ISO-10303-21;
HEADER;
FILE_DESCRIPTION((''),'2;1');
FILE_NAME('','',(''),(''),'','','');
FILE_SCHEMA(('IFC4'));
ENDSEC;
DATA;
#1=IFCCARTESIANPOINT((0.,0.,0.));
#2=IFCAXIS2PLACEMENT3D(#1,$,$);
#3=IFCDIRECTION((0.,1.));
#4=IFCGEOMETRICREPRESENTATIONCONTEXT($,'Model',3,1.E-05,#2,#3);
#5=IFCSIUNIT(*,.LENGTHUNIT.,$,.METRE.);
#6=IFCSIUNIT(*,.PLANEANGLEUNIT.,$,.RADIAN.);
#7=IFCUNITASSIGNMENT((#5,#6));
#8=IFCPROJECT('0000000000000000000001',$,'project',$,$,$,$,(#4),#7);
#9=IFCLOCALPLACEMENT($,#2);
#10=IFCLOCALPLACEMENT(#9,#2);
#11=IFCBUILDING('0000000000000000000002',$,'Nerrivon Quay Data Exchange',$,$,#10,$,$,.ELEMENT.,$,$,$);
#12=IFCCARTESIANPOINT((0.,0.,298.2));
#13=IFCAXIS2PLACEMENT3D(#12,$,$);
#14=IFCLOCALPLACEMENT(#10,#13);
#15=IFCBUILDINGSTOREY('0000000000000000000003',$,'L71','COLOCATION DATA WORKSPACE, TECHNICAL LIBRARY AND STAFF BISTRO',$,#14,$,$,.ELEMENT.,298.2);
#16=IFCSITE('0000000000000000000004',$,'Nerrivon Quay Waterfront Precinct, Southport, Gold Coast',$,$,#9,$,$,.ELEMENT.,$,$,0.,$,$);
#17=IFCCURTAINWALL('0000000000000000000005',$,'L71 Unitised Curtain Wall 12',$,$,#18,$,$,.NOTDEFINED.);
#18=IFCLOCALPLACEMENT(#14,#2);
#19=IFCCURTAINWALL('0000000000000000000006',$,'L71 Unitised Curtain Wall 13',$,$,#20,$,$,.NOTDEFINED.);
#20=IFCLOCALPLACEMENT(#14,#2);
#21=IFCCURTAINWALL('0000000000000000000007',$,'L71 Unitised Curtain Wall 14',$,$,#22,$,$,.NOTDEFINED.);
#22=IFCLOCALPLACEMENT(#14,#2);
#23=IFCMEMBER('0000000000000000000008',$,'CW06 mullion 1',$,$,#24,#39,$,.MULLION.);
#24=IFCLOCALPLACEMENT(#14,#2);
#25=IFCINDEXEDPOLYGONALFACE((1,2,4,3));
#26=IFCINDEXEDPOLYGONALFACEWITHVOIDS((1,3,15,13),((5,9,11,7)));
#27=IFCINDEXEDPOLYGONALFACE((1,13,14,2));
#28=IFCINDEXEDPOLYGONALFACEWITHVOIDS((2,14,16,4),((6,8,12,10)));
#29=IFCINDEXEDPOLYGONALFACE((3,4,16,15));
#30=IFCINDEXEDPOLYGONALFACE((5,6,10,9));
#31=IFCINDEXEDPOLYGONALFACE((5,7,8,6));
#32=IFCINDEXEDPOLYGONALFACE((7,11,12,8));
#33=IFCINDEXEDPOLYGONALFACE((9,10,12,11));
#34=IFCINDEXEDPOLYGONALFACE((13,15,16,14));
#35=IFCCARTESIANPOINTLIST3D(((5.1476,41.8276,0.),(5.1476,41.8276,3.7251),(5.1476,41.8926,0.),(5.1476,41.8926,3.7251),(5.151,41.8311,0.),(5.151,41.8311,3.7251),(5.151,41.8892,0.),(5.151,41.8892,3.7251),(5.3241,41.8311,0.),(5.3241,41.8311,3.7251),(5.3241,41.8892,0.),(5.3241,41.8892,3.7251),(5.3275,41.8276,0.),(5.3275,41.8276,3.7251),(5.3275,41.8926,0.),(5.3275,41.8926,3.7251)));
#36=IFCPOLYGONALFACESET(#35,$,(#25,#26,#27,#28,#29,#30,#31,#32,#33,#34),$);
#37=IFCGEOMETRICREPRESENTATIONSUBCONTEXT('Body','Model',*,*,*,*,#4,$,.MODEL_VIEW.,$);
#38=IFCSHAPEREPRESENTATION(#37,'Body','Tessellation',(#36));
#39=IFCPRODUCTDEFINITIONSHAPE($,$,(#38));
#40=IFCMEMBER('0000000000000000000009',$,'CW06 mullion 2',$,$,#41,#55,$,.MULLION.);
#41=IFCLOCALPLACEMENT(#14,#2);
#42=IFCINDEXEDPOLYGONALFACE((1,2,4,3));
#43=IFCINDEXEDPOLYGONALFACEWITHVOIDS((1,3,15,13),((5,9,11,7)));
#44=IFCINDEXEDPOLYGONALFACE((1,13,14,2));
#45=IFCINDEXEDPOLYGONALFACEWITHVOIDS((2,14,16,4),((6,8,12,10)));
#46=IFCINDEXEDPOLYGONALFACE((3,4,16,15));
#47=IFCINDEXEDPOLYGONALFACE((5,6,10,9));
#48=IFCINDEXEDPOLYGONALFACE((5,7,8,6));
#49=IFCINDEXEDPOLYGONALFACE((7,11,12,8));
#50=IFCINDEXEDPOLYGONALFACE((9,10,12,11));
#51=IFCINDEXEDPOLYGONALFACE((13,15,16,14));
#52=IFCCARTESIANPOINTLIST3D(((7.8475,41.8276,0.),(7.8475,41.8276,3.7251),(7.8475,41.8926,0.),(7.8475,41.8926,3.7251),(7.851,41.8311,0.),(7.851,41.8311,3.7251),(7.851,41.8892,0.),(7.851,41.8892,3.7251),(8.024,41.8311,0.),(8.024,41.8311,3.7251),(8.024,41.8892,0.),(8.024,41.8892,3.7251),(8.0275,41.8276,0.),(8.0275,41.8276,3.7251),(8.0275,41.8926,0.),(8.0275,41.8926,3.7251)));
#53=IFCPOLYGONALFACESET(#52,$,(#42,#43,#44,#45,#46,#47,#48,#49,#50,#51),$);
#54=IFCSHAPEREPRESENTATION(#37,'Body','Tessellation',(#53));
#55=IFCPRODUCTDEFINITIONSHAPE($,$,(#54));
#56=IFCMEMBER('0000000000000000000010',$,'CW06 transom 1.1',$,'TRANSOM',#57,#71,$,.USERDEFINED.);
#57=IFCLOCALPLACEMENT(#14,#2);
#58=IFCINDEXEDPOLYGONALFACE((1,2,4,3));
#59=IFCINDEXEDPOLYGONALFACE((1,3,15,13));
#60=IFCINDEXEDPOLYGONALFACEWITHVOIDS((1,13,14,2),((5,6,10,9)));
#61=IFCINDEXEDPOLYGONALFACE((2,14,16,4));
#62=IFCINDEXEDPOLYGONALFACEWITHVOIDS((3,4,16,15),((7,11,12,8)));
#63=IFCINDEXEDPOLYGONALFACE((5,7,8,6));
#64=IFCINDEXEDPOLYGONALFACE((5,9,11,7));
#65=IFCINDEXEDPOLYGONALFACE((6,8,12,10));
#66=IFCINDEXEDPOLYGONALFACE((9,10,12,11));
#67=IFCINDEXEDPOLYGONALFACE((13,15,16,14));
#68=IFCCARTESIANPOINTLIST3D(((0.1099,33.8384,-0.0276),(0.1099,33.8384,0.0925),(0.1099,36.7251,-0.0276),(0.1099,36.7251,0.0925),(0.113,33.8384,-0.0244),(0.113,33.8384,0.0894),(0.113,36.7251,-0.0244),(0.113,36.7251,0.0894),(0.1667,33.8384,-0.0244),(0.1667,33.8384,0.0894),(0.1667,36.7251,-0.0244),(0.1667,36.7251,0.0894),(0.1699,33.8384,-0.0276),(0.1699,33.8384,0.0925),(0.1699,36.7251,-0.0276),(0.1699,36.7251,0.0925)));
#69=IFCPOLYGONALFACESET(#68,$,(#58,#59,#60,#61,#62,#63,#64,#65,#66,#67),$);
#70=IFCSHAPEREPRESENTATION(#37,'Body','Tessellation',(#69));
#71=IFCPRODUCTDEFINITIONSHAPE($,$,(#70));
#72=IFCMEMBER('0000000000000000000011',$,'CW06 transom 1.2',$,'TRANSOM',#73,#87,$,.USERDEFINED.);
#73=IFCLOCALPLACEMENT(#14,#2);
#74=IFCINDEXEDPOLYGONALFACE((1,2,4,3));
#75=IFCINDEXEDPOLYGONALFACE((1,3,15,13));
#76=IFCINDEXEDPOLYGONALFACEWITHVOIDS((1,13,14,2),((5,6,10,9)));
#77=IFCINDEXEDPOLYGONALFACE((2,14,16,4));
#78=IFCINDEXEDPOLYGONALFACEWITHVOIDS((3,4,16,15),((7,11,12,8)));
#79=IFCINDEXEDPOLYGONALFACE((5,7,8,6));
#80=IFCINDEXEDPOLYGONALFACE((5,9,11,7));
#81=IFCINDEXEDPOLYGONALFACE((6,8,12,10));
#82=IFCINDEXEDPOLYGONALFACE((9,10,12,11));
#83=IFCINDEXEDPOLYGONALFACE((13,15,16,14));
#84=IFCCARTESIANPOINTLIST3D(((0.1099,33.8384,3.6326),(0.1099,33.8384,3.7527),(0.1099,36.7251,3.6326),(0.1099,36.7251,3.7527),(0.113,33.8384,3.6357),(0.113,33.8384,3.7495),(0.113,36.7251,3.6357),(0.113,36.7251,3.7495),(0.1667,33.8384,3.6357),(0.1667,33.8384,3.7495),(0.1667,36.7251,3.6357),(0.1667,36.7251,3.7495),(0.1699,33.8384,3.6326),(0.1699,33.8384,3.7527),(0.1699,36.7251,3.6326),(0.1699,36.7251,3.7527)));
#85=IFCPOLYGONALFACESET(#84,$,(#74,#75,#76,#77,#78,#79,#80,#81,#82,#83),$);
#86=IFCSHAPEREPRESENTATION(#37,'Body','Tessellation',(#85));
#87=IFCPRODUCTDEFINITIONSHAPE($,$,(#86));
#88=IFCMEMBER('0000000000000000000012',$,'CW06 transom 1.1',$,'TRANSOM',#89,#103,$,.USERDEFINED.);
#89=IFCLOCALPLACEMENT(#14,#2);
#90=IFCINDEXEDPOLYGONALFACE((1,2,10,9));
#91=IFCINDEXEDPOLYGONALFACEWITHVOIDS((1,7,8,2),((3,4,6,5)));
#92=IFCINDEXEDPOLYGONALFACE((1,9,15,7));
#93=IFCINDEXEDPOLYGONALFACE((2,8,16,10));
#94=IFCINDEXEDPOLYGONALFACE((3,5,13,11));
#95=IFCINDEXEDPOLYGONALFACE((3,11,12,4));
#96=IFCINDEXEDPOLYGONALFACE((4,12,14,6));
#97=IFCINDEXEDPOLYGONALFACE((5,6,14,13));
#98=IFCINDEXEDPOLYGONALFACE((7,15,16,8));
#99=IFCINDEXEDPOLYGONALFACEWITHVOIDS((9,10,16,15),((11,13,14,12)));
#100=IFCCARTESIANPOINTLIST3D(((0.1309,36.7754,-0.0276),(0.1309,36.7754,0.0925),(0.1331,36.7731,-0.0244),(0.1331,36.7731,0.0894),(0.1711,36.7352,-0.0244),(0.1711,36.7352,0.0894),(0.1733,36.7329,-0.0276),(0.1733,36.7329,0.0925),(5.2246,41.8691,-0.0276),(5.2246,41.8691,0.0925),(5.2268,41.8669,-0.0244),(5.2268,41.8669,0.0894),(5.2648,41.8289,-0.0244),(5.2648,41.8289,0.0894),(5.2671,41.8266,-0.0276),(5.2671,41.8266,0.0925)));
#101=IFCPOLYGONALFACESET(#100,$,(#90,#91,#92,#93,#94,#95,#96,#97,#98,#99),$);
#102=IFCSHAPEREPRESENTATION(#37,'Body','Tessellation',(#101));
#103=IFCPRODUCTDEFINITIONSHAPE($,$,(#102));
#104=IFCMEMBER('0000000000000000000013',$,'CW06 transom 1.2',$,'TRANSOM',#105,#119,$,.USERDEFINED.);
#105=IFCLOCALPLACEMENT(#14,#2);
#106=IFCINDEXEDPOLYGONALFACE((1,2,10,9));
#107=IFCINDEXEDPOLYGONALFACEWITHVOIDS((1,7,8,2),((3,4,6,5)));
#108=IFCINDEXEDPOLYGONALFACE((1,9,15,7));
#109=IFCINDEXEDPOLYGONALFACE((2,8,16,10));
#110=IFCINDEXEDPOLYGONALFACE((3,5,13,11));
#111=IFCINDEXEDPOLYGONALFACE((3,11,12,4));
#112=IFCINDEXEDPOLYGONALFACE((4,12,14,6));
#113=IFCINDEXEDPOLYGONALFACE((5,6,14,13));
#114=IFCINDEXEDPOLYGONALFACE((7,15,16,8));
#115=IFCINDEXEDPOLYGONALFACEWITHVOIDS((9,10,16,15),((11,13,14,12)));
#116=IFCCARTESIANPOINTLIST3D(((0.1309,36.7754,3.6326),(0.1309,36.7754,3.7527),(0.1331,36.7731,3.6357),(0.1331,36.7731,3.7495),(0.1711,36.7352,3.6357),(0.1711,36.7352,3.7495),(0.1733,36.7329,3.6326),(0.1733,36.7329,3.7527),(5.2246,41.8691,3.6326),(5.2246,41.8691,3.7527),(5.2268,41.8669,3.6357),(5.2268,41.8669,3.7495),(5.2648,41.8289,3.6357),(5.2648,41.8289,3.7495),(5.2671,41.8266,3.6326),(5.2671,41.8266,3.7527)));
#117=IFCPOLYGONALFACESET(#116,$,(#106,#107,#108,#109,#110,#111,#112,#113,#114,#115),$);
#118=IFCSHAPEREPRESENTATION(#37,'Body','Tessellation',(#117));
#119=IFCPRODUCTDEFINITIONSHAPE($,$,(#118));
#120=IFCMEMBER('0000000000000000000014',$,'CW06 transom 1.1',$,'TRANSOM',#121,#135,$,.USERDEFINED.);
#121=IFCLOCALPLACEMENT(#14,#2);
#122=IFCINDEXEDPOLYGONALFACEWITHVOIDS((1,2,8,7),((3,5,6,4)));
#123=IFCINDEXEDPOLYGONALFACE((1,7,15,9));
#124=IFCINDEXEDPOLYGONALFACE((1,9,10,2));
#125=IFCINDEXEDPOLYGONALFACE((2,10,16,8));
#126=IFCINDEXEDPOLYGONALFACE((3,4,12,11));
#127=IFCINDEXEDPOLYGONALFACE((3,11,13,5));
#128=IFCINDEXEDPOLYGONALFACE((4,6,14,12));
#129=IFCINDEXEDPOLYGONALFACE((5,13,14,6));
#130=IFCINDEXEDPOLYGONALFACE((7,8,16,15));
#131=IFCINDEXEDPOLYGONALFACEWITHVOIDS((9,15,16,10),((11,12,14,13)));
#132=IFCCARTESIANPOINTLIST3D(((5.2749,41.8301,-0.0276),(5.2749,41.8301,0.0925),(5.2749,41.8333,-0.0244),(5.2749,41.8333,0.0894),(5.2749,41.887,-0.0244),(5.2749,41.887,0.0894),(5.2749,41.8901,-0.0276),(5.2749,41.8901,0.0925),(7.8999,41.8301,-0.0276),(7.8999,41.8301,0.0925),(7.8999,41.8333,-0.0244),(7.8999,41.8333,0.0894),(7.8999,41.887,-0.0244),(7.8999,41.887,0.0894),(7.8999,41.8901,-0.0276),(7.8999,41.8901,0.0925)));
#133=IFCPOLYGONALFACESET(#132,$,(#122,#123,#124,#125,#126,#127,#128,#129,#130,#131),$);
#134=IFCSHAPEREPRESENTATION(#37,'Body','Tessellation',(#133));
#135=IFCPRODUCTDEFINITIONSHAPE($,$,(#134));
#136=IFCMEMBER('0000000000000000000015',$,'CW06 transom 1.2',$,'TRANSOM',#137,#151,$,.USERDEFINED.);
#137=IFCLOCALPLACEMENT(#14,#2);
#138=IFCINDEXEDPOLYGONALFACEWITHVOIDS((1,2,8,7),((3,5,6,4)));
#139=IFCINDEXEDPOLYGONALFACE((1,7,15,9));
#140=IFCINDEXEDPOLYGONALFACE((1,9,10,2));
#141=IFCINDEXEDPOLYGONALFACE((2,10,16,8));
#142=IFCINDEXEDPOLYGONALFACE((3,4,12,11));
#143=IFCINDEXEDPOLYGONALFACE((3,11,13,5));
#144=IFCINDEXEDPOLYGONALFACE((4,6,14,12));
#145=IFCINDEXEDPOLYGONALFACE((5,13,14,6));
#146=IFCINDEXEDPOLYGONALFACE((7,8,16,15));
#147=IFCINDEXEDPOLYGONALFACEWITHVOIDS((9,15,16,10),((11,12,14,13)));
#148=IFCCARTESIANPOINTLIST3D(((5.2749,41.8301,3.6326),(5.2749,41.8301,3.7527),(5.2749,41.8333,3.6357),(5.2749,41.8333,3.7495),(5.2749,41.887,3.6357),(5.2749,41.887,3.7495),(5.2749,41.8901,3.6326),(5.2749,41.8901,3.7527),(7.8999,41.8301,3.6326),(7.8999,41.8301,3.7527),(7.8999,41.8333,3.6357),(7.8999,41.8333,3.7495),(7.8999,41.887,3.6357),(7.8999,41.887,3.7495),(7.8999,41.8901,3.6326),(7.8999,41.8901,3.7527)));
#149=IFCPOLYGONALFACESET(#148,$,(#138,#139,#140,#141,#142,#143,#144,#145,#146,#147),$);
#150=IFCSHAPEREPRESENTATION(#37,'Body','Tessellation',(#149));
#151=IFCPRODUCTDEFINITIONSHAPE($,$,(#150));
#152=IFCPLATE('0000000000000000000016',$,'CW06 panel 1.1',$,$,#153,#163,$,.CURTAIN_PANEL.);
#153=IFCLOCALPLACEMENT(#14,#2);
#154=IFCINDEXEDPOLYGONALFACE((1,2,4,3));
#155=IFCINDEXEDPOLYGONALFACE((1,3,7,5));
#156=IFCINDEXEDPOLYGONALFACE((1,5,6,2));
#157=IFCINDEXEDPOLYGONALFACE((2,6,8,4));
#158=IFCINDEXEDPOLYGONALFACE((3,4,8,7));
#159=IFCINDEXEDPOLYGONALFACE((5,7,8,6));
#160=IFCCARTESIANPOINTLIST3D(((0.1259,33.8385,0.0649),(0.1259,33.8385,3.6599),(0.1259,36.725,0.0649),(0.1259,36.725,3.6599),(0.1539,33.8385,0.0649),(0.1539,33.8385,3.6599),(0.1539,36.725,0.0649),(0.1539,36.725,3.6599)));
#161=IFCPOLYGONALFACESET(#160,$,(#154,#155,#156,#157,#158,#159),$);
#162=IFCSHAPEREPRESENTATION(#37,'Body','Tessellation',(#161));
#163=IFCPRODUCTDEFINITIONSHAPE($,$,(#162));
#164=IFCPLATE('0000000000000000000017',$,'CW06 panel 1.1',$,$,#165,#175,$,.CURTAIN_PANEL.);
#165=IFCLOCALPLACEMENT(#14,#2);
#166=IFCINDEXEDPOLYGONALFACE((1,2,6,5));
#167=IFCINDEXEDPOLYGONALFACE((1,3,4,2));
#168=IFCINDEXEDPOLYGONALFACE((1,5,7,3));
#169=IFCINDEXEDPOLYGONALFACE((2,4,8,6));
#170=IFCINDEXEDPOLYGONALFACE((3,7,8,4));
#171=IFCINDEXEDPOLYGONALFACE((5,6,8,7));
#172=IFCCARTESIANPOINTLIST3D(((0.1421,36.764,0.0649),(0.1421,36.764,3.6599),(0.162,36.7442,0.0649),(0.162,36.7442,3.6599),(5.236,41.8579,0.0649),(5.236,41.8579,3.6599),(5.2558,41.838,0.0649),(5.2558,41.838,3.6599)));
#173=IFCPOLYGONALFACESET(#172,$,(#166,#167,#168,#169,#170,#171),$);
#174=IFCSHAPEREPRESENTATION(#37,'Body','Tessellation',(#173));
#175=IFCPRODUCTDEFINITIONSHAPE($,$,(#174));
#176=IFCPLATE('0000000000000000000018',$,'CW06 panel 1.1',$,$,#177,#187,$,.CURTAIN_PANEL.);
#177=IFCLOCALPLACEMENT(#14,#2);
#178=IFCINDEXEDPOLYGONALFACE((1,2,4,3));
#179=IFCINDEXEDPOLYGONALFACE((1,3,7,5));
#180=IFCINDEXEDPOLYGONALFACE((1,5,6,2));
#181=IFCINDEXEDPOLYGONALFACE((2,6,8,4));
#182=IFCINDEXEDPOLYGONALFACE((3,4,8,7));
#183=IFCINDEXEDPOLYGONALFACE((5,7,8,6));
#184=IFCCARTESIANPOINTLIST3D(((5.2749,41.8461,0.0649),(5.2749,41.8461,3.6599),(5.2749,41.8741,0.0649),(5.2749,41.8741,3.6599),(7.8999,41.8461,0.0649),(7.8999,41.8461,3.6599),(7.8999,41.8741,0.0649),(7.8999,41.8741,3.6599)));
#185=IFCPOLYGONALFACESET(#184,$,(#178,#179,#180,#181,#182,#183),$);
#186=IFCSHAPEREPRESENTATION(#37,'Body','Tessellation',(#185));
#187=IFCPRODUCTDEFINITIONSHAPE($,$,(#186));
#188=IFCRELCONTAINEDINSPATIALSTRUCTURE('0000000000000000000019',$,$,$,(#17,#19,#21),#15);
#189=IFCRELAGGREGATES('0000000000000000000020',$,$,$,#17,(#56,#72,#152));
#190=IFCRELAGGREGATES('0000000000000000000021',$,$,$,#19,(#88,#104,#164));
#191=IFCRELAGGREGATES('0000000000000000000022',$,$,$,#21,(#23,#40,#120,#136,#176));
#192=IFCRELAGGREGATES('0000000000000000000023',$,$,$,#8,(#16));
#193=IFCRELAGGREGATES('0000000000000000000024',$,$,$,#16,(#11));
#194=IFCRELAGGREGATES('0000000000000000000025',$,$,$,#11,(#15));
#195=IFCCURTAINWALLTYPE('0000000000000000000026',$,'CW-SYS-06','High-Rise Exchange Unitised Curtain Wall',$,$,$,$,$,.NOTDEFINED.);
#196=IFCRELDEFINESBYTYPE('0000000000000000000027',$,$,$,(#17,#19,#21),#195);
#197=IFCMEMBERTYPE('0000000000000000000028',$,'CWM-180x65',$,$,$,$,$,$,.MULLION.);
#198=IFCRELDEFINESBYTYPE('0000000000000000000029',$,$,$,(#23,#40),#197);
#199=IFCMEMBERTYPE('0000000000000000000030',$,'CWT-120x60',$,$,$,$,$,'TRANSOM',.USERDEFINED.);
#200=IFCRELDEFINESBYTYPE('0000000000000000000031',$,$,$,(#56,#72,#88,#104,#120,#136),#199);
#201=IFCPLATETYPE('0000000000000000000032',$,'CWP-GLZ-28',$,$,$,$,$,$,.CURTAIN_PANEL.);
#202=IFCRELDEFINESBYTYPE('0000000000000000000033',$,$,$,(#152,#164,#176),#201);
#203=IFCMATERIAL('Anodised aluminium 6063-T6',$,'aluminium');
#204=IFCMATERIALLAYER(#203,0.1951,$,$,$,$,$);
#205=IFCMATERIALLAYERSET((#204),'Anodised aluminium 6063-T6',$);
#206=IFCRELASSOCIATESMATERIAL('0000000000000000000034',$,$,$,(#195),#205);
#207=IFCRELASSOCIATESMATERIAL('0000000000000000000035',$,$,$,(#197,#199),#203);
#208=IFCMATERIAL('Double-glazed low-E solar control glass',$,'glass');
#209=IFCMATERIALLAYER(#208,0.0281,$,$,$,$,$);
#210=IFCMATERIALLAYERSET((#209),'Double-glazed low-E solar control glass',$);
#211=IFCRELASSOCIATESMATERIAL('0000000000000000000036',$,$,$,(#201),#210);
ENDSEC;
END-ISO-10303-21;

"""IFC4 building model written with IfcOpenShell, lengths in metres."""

from ifc_helpers import new_model, si_unit, direction, frame, origin, origin_2d, place, context, subcontext, project, spatial, rectangle, hollow_rectangle, extrude, material, layer, layer_set, material_profile, profile_set, type_object, element, aggregate, save


model = new_model("IFC4")

# Units and contexts
model_context = context("Model", 3, precision=1e-05, world=origin(), true_north=direction((0.0, 1.0)))
body_context = subcontext(model_context, "Body", "Model", "MODEL_VIEW")
ifc_project = project(units=[si_unit("LENGTHUNIT", "METRE"), si_unit("PLANEANGLEUNIT", "RADIAN")], contexts=[model_context])

# Site, building, storey
site_placement = place(None, origin())
site = spatial("IfcSite", under=ifc_project, at=site_placement, Name="Nerrivon Quay Waterfront Precinct, Southport, Gold Coast", CompositionType="ELEMENT", RefElevation=0.0)
building_placement = place(site_placement, origin())
building = spatial("IfcBuilding", under=site, at=building_placement, Name="Nerrivon Quay Data Exchange", CompositionType="ELEMENT")
storey_placement = place(building_placement, frame((0.0, 0.0, 298.2)))
storey = spatial("IfcBuildingStorey", under=building, at=storey_placement, Name="L71", Description="COLOCATION DATA WORKSPACE, TECHNICAL LIBRARY AND STAFF BISTRO", CompositionType="ELEMENT", Elevation=298.2)

# Curtain walls, members
ifc_material_1 = material(Name="Anodised aluminium 6063-T6", Category="aluminium")
ifc_layer_1 = layer(ifc_material_1, 0.1951)
ifc_layer_set_1 = layer_set([ifc_layer_1], Name="Anodised aluminium 6063-T6")
curtain_wall_type = type_object("IfcCurtainWallType", Name="CW-SYS-06", Description="High-Rise Exchange Unitised Curtain Wall", PredefinedType="NOTDEFINED", material=ifc_layer_set_1)
curtain_wall_1_placement = place(storey_placement, origin())
curtain_wall_1 = element("IfcCurtainWall", 1, at=curtain_wall_1_placement, inside=storey, type_object=curtain_wall_type, Name="L71 Unitised Curtain Wall 12", PredefinedType="NOTDEFINED")
ifc_material_profile_1 = material_profile(ifc_material_1, hollow_rectangle(XDim=0.0649, YDim=0.1799, WallThickness=0.0034, at=origin_2d()), Name="ALU-MULL-180x65")
ifc_profile_set_1 = profile_set([ifc_material_profile_1], Name="Anodised aluminium 6063-T6")
member_type_1 = type_object("IfcMemberType", Name="CWM-180x65", PredefinedType="MULLION", material=ifc_profile_set_1)
curtain_wall_2_placement = place(storey_placement, origin())
curtain_wall_2 = element("IfcCurtainWall", 2, at=curtain_wall_2_placement, inside=storey, type_object=curtain_wall_type, Name="L71 Unitised Curtain Wall 13", PredefinedType="NOTDEFINED")
curtain_wall_3_placement = place(storey_placement, origin())
curtain_wall_3 = element("IfcCurtainWall", 3, at=curtain_wall_3_placement, inside=storey, type_object=curtain_wall_type, Name="L71 Unitised Curtain Wall 14", PredefinedType="NOTDEFINED")
member_1_placement = place(storey_placement, frame((5.2375, 41.8601, 0.0), z_axis=(0.0, 0.0, 1.0), x_axis=(0.0, 1.0, 0.0)))
member_1 = element("IfcMember", 4, at=member_1_placement, type_object=member_type_1, Name="CW06 mullion 1", PredefinedType="MULLION", context=body_context, shape_type="SweptSolid", body=[
    extrude(hollow_rectangle(XDim=0.0649, YDim=0.1799, WallThickness=0.0034, at=origin_2d()), origin(), (0.0, 0.0, 1.0), 3.7251),
])
member_2_placement = place(storey_placement, frame((7.9375, 41.8601, 0.0), z_axis=(0.0, 0.0, 1.0), x_axis=(0.0, 1.0, 0.0)))
member_2 = element("IfcMember", 5, at=member_2_placement, type_object=member_type_1, Name="CW06 mullion 2", PredefinedType="MULLION", context=body_context, shape_type="SweptSolid", body=[
    extrude(hollow_rectangle(XDim=0.0649, YDim=0.1799, WallThickness=0.0034, at=origin_2d()), origin(), (0.0, 0.0, 1.0), 3.7251),
])

# Members
ifc_material_profile_2 = material_profile(ifc_material_1, hollow_rectangle(XDim=0.0601, YDim=0.1201, WallThickness=0.0032, at=origin_2d()), Name="ALU-TRAN-120x60")
ifc_profile_set_2 = profile_set([ifc_material_profile_2], Name="Anodised aluminium 6063-T6")
member_type_2 = type_object("IfcMemberType", Name="CWT-120x60", ElementType="TRANSOM", PredefinedType="USERDEFINED", material=ifc_profile_set_2)
member_3_placement = place(storey_placement, frame((0.1399, 33.8384, 0.0325), z_axis=(0.0, 1.0, 0.0), x_axis=(-1.0, 0.0, 0.0)))
member_3 = element("IfcMember", 6, at=member_3_placement, type_object=member_type_2, Name="CW06 transom 1.1", ObjectType="TRANSOM", PredefinedType="USERDEFINED", context=body_context, shape_type="SweptSolid", body=[
    extrude(hollow_rectangle(XDim=0.0601, YDim=0.1201, WallThickness=0.0032, at=origin_2d()), origin(), (0.0, 0.0, 1.0), 2.8867),
])
member_4_placement = place(storey_placement, frame((0.1399, 33.8384, 3.6926), z_axis=(0.0, 1.0, 0.0), x_axis=(-1.0, 0.0, 0.0)))
member_4 = element("IfcMember", 7, at=member_4_placement, type_object=member_type_2, Name="CW06 transom 1.2", ObjectType="TRANSOM", PredefinedType="USERDEFINED", context=body_context, shape_type="SweptSolid", body=[
    extrude(hollow_rectangle(XDim=0.0601, YDim=0.1201, WallThickness=0.0032, at=origin_2d()), origin(), (0.0, 0.0, 1.0), 2.8867),
])
member_5_placement = place(storey_placement, frame((0.1521, 36.7542, 0.0325), z_axis=(0.707107, 0.707107, 0.0), x_axis=(-0.707107, 0.707107, 0.0)))
member_5 = element("IfcMember", 8, at=member_5_placement, type_object=member_type_2, Name="CW06 transom 1.1", ObjectType="TRANSOM", PredefinedType="USERDEFINED", context=body_context, shape_type="SweptSolid", body=[
    extrude(hollow_rectangle(XDim=0.0601, YDim=0.1201, WallThickness=0.0032, at=origin_2d()), origin(), (0.0, 0.0, 1.0), 7.2036),
])
member_6_placement = place(storey_placement, frame((0.1521, 36.7542, 3.6926), z_axis=(0.707107, 0.707107, 0.0), x_axis=(-0.707107, 0.707107, 0.0)))
member_6 = element("IfcMember", 9, at=member_6_placement, type_object=member_type_2, Name="CW06 transom 1.2", ObjectType="TRANSOM", PredefinedType="USERDEFINED", context=body_context, shape_type="SweptSolid", body=[
    extrude(hollow_rectangle(XDim=0.0601, YDim=0.1201, WallThickness=0.0032, at=origin_2d()), origin(), (0.0, 0.0, 1.0), 7.2036),
])
member_7_placement = place(storey_placement, frame((5.2749, 41.8601, 0.0325), z_axis=(1.0, 0.0, 0.0), x_axis=(0.0, 1.0, 0.0)))
member_7 = element("IfcMember", 10, at=member_7_placement, type_object=member_type_2, Name="CW06 transom 1.1", ObjectType="TRANSOM", PredefinedType="USERDEFINED", context=body_context, shape_type="SweptSolid", body=[
    extrude(hollow_rectangle(XDim=0.0601, YDim=0.1201, WallThickness=0.0032, at=origin_2d()), origin(), (0.0, 0.0, 1.0), 2.625),
])
member_8_placement = place(storey_placement, frame((5.2749, 41.8601, 3.6926), z_axis=(1.0, 0.0, 0.0), x_axis=(0.0, 1.0, 0.0)))
member_8 = element("IfcMember", 11, at=member_8_placement, type_object=member_type_2, Name="CW06 transom 1.2", ObjectType="TRANSOM", PredefinedType="USERDEFINED", context=body_context, shape_type="SweptSolid", body=[
    extrude(hollow_rectangle(XDim=0.0601, YDim=0.1201, WallThickness=0.0032, at=origin_2d()), origin(), (0.0, 0.0, 1.0), 2.625),
])

# Plates
ifc_material_2 = material(Name="Double-glazed low-E solar control glass", Category="glass")
ifc_layer_2 = layer(ifc_material_2, 0.0281)
ifc_layer_set_2 = layer_set([ifc_layer_2], Name="Double-glazed low-E solar control glass")
plate_type = type_object("IfcPlateType", Name="CWP-GLZ-28", PredefinedType="CURTAIN_PANEL", material=ifc_layer_set_2)
plate_1_placement = place(storey_placement, frame((0.1399, 35.2817, 0.0649), z_axis=(0.0, 0.0, 1.0), x_axis=(0.0, 1.0, 0.0)))
plate_1 = element("IfcPlate", 12, at=plate_1_placement, type_object=plate_type, Name="CW06 panel 1.1", PredefinedType="CURTAIN_PANEL", context=body_context, shape_type="SweptSolid", body=[
    extrude(rectangle(XDim=2.8865, YDim=0.0281, at=origin_2d()), origin(), (0.0, 0.0, 1.0), 3.595),
])
aggregate(curtain_wall_1, [member_3, member_4, plate_1])
plate_2_placement = place(storey_placement, frame((2.699, 39.301, 0.0649), z_axis=(0.0, 0.0, 1.0), x_axis=(0.707107, 0.707107, 0.0)))
plate_2 = element("IfcPlate", 13, at=plate_2_placement, type_object=plate_type, Name="CW06 panel 1.1", PredefinedType="CURTAIN_PANEL", context=body_context, shape_type="SweptSolid", body=[
    extrude(rectangle(XDim=7.2039, YDim=0.0281, at=origin_2d()), origin(), (0.0, 0.0, 1.0), 3.595),
])
aggregate(curtain_wall_2, [member_5, member_6, plate_2])
plate_3_placement = place(storey_placement, frame((6.5874, 41.8601, 0.0649), z_axis=(0.0, 0.0, 1.0), x_axis=(1.0, 0.0, 0.0)))
plate_3 = element("IfcPlate", 14, at=plate_3_placement, type_object=plate_type, Name="CW06 panel 1.1", PredefinedType="CURTAIN_PANEL", context=body_context, shape_type="SweptSolid", body=[
    extrude(rectangle(XDim=2.625, YDim=0.0281, at=origin_2d()), origin(), (0.0, 0.0, 1.0), 3.595),
])
aggregate(curtain_wall_3, [member_1, member_2, member_7, member_8, plate_3])

save(model, "model.ifc")
